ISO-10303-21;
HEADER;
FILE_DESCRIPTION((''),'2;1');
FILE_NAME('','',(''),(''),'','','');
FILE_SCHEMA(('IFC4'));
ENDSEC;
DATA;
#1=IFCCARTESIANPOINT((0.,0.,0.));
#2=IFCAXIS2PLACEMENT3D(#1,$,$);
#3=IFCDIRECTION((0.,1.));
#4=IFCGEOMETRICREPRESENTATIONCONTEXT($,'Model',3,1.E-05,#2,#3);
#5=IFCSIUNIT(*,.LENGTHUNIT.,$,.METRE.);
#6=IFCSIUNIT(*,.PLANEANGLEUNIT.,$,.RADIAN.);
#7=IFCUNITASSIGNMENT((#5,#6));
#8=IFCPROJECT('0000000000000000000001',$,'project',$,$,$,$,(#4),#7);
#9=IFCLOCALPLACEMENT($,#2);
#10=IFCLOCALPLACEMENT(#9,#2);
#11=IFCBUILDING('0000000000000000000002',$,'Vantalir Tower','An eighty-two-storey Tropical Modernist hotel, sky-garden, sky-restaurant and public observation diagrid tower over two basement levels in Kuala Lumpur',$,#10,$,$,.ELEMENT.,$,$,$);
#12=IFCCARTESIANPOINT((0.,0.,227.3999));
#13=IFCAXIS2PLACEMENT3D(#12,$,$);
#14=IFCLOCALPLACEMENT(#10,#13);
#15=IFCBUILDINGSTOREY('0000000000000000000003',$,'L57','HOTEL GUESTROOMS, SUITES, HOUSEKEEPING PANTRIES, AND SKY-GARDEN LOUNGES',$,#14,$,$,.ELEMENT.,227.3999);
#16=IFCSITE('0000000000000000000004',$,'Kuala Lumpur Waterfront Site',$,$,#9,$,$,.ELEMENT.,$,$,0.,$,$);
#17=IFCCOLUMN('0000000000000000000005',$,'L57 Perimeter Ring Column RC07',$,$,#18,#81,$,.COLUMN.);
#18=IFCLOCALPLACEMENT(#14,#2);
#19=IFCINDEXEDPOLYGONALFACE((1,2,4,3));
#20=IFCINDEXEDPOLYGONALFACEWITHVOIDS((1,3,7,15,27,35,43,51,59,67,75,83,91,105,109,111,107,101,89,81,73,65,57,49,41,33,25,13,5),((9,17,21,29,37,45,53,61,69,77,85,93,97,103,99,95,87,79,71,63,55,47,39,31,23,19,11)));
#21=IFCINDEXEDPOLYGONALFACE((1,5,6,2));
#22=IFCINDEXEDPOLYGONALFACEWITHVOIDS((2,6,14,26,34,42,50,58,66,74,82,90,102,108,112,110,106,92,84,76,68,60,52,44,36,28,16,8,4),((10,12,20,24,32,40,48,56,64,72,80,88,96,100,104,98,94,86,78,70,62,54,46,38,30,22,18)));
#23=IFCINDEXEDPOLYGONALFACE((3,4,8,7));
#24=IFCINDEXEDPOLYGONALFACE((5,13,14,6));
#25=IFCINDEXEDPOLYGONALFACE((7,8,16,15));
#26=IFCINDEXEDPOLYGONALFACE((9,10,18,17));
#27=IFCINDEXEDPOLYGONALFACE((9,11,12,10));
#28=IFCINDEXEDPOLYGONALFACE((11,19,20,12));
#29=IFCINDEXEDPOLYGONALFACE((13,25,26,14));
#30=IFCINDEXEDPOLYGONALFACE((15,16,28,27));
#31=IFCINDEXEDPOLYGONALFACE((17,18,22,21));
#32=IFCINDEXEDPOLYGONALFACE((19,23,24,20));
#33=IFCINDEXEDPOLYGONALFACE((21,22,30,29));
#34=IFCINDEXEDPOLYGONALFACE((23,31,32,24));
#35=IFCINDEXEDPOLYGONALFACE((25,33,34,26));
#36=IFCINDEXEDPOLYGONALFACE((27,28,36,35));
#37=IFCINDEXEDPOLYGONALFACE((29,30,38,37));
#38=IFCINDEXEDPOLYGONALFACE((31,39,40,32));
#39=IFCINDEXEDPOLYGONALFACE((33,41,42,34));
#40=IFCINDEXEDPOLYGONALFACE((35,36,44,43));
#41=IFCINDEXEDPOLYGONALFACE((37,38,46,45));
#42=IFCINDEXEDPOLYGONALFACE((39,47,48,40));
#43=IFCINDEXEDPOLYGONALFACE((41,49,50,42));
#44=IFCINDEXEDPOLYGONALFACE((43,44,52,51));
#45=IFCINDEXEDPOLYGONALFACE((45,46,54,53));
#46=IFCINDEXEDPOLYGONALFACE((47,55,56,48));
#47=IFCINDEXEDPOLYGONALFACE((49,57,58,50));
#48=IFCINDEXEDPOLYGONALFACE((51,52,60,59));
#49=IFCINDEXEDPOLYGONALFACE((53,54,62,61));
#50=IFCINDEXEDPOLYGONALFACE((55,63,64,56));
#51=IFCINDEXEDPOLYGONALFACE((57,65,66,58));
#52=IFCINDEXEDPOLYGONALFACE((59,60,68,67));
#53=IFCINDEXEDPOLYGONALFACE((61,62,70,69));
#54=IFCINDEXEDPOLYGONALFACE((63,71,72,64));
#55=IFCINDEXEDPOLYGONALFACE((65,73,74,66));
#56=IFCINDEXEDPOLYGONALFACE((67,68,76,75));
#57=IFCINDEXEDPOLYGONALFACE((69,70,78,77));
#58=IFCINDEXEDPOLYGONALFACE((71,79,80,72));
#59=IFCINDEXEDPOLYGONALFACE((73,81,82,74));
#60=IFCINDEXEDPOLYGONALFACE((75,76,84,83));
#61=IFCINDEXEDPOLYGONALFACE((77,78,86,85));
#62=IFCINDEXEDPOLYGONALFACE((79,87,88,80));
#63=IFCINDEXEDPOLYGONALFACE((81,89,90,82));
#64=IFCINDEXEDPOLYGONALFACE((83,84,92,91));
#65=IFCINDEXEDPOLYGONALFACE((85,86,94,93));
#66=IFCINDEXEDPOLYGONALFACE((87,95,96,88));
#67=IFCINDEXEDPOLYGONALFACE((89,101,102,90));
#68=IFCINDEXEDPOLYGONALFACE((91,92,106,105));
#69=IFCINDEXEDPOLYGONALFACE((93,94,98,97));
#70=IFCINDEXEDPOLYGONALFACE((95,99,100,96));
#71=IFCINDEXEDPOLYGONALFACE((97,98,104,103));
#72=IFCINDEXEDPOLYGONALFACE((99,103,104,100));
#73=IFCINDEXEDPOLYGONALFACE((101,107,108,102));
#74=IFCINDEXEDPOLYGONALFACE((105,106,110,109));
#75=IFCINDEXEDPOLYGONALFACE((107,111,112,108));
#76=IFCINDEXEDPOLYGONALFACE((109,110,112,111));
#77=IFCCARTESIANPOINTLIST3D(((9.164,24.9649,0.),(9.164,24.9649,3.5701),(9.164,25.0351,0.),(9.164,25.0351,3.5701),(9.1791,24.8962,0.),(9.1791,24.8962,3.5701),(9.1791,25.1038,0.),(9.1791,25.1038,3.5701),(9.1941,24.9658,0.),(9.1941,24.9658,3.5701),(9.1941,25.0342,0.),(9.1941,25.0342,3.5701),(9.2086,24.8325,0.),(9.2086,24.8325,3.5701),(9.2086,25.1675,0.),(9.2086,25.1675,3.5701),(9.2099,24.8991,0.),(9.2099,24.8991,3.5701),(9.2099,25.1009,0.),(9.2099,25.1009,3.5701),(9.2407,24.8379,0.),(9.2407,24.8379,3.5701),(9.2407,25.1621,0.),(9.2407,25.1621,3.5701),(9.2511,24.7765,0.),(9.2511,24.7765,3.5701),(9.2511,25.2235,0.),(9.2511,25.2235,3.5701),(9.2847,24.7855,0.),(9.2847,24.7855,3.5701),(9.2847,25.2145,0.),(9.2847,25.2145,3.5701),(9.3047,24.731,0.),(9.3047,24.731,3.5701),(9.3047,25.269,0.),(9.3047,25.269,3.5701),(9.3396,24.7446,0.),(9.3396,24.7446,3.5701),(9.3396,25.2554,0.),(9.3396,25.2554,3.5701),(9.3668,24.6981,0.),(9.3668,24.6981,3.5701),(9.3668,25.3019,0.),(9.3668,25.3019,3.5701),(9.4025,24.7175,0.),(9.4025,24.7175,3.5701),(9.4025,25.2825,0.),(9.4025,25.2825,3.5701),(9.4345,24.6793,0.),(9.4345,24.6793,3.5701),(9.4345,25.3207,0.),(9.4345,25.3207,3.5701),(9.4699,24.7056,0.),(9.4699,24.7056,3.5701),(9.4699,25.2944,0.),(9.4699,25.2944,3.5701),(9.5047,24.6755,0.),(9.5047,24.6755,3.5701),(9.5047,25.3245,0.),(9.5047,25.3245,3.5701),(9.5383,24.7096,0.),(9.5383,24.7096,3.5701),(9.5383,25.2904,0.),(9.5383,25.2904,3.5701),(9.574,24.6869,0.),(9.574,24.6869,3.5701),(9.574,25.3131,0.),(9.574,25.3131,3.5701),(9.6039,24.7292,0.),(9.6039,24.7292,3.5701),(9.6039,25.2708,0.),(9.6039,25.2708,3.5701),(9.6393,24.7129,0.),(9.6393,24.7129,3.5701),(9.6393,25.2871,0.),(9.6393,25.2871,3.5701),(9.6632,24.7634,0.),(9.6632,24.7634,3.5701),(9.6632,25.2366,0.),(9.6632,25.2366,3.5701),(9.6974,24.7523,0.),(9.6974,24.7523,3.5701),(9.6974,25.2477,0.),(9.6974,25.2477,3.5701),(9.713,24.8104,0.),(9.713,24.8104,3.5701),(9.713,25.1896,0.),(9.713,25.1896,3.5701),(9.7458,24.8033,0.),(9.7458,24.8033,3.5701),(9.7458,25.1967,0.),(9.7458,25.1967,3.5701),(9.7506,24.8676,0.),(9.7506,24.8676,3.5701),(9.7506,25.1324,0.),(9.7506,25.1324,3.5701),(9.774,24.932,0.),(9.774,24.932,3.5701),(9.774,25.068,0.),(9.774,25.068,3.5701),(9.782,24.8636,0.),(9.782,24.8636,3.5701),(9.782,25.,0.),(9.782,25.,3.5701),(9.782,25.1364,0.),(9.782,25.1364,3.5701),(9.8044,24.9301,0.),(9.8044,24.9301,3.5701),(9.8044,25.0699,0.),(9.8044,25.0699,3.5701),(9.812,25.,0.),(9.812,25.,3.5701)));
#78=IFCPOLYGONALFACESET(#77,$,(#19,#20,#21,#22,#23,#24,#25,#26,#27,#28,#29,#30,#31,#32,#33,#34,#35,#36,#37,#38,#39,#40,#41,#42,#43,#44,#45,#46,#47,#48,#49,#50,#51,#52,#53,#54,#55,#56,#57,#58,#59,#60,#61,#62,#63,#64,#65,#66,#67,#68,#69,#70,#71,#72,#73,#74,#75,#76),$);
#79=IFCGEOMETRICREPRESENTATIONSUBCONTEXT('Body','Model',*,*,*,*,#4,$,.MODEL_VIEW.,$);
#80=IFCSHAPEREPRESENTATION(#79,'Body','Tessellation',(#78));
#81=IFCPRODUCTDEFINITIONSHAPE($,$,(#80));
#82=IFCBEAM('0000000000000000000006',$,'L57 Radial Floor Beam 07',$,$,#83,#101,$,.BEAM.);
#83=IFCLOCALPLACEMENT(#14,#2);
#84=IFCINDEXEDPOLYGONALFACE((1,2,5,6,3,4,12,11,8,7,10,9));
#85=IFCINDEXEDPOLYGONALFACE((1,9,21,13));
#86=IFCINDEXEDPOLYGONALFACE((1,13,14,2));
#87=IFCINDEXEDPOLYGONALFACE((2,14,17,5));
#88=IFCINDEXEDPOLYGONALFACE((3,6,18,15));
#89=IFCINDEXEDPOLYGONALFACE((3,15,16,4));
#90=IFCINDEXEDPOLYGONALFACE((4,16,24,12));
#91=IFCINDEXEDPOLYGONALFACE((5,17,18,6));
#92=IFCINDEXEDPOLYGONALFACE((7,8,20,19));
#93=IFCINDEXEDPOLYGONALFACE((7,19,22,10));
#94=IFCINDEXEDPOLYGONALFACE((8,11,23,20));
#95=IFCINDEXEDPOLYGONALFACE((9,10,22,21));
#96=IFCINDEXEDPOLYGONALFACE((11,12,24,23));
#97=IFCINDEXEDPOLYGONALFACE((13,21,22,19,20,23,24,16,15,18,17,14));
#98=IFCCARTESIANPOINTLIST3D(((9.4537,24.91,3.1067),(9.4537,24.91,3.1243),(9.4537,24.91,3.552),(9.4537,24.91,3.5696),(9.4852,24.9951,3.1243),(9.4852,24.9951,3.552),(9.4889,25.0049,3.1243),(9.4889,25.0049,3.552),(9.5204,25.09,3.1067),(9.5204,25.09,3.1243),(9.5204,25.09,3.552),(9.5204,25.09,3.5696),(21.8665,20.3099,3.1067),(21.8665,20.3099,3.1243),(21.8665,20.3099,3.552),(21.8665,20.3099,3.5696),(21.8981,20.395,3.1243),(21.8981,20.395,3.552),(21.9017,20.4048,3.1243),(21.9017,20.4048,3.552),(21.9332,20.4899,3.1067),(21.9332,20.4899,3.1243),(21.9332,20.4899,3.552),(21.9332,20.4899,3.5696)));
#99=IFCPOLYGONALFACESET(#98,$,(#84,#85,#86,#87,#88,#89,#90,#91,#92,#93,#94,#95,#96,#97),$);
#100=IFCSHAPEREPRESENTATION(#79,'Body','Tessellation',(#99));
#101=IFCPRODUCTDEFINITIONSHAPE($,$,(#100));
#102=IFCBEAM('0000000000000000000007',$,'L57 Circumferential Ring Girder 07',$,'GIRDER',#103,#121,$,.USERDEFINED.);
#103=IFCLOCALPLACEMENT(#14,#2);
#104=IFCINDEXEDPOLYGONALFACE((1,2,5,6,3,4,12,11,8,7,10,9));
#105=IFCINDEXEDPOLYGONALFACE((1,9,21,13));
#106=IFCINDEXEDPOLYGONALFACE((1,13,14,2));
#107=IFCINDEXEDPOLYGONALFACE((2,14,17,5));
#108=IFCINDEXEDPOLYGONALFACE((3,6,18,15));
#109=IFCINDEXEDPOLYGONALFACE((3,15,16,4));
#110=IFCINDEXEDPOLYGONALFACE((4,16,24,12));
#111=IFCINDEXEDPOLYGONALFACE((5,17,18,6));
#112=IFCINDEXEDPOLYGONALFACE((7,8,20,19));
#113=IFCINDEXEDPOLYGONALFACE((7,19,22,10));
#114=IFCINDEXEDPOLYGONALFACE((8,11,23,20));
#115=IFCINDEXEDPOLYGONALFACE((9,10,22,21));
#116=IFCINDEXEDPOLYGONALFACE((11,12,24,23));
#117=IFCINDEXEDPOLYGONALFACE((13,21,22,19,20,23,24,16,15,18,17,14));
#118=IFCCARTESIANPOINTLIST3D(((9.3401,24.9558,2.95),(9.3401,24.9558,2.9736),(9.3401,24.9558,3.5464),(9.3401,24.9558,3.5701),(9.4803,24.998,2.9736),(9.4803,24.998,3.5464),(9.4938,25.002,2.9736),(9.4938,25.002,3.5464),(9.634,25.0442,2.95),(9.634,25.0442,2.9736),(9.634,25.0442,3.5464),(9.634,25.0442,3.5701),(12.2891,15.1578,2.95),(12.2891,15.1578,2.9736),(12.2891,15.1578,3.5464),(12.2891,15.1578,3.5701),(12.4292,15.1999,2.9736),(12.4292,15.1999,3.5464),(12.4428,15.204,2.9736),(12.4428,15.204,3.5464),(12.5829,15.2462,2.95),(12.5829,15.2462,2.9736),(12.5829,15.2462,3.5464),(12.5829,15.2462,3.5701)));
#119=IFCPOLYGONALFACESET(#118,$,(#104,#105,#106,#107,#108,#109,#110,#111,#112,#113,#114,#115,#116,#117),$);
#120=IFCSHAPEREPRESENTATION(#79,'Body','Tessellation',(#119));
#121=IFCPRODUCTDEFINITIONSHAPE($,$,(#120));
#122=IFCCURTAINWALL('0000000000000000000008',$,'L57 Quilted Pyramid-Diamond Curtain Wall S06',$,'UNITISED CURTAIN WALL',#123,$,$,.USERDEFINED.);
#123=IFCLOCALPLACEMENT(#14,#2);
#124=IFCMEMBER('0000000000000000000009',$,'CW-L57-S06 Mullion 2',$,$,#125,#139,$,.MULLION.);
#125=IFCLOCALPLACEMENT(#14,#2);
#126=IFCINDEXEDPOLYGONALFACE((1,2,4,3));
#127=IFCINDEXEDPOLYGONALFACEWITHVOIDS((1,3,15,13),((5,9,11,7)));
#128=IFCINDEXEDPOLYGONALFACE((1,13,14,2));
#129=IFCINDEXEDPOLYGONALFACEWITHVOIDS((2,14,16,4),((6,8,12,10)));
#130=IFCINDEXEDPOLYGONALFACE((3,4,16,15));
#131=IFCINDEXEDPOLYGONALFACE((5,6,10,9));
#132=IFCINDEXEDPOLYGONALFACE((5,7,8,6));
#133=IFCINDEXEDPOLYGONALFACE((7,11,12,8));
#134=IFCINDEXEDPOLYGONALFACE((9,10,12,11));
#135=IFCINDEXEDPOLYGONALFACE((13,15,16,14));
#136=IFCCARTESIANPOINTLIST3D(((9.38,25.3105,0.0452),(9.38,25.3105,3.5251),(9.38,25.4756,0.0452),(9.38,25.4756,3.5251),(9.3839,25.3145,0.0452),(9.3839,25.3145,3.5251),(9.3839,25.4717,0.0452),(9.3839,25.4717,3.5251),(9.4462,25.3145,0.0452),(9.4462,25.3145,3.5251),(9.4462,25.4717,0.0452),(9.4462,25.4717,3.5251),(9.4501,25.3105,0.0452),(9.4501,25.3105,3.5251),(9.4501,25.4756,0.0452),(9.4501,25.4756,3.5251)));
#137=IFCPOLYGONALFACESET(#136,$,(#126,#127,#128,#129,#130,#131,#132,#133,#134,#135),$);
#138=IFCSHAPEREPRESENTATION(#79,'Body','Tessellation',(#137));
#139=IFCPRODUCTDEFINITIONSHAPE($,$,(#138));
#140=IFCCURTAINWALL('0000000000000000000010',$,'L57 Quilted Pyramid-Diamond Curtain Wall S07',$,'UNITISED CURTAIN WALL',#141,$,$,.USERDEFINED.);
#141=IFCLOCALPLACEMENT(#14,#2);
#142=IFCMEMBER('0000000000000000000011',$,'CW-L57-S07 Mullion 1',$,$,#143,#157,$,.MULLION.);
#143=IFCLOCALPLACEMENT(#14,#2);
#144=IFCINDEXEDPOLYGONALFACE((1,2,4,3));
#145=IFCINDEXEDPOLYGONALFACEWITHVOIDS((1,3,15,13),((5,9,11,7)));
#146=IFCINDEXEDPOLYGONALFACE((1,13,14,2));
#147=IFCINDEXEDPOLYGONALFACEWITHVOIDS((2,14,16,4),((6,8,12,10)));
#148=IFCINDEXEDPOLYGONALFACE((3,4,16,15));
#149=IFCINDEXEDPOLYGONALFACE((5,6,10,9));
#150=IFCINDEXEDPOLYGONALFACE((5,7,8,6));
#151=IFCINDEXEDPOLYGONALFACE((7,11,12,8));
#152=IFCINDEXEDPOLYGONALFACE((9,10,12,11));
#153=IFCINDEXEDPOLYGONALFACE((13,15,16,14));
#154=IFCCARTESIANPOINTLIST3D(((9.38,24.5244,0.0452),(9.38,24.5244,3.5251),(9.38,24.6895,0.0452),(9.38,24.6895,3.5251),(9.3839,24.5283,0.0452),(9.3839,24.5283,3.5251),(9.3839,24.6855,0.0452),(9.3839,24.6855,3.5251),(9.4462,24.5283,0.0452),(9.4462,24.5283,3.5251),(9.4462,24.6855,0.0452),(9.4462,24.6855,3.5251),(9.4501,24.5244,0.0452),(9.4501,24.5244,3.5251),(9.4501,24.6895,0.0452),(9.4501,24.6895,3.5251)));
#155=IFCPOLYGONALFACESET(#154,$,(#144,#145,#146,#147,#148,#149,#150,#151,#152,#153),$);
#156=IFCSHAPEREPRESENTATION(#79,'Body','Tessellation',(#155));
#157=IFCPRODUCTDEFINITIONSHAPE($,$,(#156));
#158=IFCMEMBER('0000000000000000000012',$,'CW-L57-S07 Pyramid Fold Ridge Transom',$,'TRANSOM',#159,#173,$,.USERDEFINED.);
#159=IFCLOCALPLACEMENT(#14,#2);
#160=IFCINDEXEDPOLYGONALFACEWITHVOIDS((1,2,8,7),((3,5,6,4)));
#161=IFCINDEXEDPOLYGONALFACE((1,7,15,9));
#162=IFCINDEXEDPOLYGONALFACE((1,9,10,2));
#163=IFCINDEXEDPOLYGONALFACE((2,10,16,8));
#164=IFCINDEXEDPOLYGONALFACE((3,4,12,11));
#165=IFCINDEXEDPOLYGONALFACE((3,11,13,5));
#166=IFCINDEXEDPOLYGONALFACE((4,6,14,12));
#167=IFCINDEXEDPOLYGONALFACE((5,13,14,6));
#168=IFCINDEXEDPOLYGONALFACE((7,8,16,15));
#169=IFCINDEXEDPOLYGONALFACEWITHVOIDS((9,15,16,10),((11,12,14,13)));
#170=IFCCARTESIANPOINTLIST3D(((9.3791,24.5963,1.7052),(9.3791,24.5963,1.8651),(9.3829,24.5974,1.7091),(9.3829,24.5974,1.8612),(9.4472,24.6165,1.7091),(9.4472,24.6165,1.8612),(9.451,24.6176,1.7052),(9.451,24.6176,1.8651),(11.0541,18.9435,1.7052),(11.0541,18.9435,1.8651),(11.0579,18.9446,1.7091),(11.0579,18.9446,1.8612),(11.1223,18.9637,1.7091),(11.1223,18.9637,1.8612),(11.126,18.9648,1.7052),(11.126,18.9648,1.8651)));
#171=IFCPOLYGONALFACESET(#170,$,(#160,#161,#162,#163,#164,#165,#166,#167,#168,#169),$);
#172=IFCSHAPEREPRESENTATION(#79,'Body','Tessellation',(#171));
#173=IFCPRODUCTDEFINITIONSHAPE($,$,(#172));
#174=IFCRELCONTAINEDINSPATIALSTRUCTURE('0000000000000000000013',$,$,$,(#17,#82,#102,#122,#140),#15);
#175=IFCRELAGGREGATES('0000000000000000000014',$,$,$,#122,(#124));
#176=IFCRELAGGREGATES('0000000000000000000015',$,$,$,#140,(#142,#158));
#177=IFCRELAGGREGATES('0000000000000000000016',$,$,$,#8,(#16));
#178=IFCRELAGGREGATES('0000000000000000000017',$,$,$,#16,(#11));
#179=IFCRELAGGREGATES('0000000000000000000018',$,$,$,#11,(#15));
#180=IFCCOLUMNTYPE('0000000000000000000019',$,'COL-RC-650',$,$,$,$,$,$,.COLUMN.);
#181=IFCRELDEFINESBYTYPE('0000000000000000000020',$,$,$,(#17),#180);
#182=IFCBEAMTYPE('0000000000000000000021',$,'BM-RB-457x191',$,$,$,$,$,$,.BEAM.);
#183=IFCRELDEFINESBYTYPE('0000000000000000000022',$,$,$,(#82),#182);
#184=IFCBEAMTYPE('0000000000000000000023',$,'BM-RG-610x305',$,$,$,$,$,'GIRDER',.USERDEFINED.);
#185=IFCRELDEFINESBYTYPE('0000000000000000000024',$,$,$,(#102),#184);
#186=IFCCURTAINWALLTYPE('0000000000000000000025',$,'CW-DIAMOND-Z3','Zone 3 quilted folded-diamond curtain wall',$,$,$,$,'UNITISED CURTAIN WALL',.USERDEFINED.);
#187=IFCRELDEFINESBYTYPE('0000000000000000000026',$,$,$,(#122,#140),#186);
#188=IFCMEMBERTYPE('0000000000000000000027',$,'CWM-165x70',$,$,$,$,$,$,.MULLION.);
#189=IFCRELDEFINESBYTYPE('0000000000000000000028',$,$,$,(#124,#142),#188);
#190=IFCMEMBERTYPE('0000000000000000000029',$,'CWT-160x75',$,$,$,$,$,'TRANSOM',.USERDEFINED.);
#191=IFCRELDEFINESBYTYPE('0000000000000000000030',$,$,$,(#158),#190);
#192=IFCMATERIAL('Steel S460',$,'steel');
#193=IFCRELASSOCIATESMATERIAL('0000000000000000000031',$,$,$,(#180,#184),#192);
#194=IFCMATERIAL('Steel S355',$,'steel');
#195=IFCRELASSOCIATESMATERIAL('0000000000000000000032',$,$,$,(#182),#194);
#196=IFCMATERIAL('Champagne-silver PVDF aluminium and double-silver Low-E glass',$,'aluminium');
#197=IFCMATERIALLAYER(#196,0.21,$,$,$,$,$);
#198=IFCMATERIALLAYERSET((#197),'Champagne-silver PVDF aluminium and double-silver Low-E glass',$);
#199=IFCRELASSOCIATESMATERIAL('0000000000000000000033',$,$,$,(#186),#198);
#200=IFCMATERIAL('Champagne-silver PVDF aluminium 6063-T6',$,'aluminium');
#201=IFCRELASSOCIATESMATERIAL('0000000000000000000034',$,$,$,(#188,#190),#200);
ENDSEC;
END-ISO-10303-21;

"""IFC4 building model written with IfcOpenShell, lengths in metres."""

from ifc_helpers import new_model, si_unit, direction, frame, origin, origin_2d, place, context, subcontext, project, spatial, hollow_rectangle, hollow_circle, i_section, extrude, material, layer, layer_set, material_profile, profile_set, type_object, element, aggregate, save


model = new_model("IFC4")

# Units and contexts
model_context = context("Model", 3, precision=1e-05, world=origin(), true_north=direction((0.0, 1.0)))
body_context = subcontext(model_context, "Body", "Model", "MODEL_VIEW")
ifc_project = project(units=[si_unit("LENGTHUNIT", "METRE"), si_unit("PLANEANGLEUNIT", "RADIAN")], contexts=[model_context])

# Site, building, storey
site_placement = place(None, origin())
site = spatial("IfcSite", under=ifc_project, at=site_placement, Name="Kuala Lumpur Waterfront Site", CompositionType="ELEMENT", RefElevation=0.0)
building_placement = place(site_placement, origin())
building = spatial("IfcBuilding", under=site, at=building_placement, Name="Vantalir Tower", Description="An eighty-two-storey Tropical Modernist hotel, sky-garden, sky-restaurant and public observation diagrid tower over two basement levels in Kuala Lumpur", CompositionType="ELEMENT")
storey_placement = place(building_placement, frame((0.0, 0.0, 227.3999)))
storey = spatial("IfcBuildingStorey", under=building, at=storey_placement, Name="L57", Description="HOTEL GUESTROOMS, SUITES, HOUSEKEEPING PANTRIES, AND SKY-GARDEN LOUNGES", CompositionType="ELEMENT", Elevation=227.3999)

# Column
ifc_material_1 = material(Name="Steel S460", Category="steel")
ifc_material_profile_1 = material_profile(ifc_material_1, hollow_circle(Radius=0.325, WallThickness=0.03, at=origin_2d()), Name="Steel S460")
ifc_profile_set_1 = profile_set([ifc_material_profile_1], Name="Steel S460")
column_type = type_object("IfcColumnType", Name="COL-RC-650", PredefinedType="COLUMN", material=ifc_profile_set_1)
column_placement = place(storey_placement, frame((9.4871, 25.0, 0.0), z_axis=(0.0, 0.0, 1.0), x_axis=(1.0, 0.0, 0.0)))
element("IfcColumn", 1, at=column_placement, inside=storey, type_object=column_type, Name="L57 Perimeter Ring Column RC07", PredefinedType="COLUMN", context=body_context, shape_type="SweptSolid", body=[
    extrude(hollow_circle(Radius=0.325, WallThickness=0.03, at=origin_2d()), origin(), (0.0, 0.0, 1.0), 3.5701),
])

# Beams
ifc_material_2 = material(Name="Steel S355", Category="steel")
ifc_material_profile_2 = material_profile(ifc_material_2, i_section(OverallWidth=0.1919, OverallDepth=0.4629, WebThickness=0.0105, FlangeThickness=0.0176, at=origin_2d()), Name="Steel S355")
ifc_profile_set_2 = profile_set([ifc_material_profile_2], Name="Steel S355")
beam_type_1 = type_object("IfcBeamType", Name="BM-RB-457x191", PredefinedType="BEAM", material=ifc_profile_set_2)
beam_1_placement = place(storey_placement, frame((9.4871, 25.0, 3.3381), z_axis=(0.937681, -0.347497, 0.0), x_axis=(0.347497, 0.937681, 0.0)))
element("IfcBeam", 2, at=beam_1_placement, inside=storey, type_object=beam_type_1, Name="L57 Radial Floor Beam 07", PredefinedType="BEAM", context=body_context, shape_type="SweptSolid", body=[
    extrude(i_section(OverallWidth=0.1919, OverallDepth=0.4629, WebThickness=0.0105, FlangeThickness=0.0176, at=origin_2d()), origin(), (0.0, 0.0, 1.0), 13.2378),
])
ifc_material_profile_3 = material_profile(ifc_material_1, i_section(OverallWidth=0.3069, OverallDepth=0.6201, WebThickness=0.0142, FlangeThickness=0.0237, at=origin_2d()), Name="Steel S460")
ifc_profile_set_3 = profile_set([ifc_material_profile_3], Name="Steel S460")
beam_type_2 = type_object("IfcBeamType", Name="BM-RG-610x305", ElementType="GIRDER", PredefinedType="USERDEFINED", material=ifc_profile_set_3)
beam_2_placement = place(storey_placement, frame((9.4871, 25.0, 3.26), z_axis=(0.288204, -0.957569, 0.0), x_axis=(0.957569, 0.288204, 0.0)))
element("IfcBeam", 3, at=beam_2_placement, inside=storey, type_object=beam_type_2, Name="L57 Circumferential Ring Girder 07", ObjectType="GIRDER", PredefinedType="USERDEFINED", context=body_context, shape_type="SweptSolid", body=[
    extrude(i_section(OverallWidth=0.3069, OverallDepth=0.6201, WebThickness=0.0142, FlangeThickness=0.0237, at=origin_2d()), origin(), (0.0, 0.0, 1.0), 10.2322),
])

# Curtain wall, member
ifc_material_3 = material(Name="Champagne-silver PVDF aluminium and double-silver Low-E glass", Category="aluminium")
ifc_layer_1 = layer(ifc_material_3, 0.21)
ifc_layer_set_1 = layer_set([ifc_layer_1], Name="Champagne-silver PVDF aluminium and double-silver Low-E glass")
curtain_wall_type = type_object("IfcCurtainWallType", Name="CW-DIAMOND-Z3", Description="Zone 3 quilted folded-diamond curtain wall", ElementType="UNITISED CURTAIN WALL", PredefinedType="USERDEFINED", material=ifc_layer_set_1)
curtain_wall_1_placement = place(storey_placement, origin())
curtain_wall_1 = element("IfcCurtainWall", 4, at=curtain_wall_1_placement, inside=storey, type_object=curtain_wall_type, Name="L57 Quilted Pyramid-Diamond Curtain Wall S06", ObjectType="UNITISED CURTAIN WALL", PredefinedType="USERDEFINED")
ifc_material_4 = material(Name="Champagne-silver PVDF aluminium 6063-T6", Category="aluminium")
ifc_material_profile_4 = material_profile(ifc_material_4, hollow_rectangle(XDim=0.0701, YDim=0.165, WallThickness=0.0039, at=origin_2d()), Name="Champagne-silver PVDF aluminium 6063-T6")
ifc_profile_set_4 = profile_set([ifc_material_profile_4], Name="Champagne-silver PVDF aluminium 6063-T6")
member_type_1 = type_object("IfcMemberType", Name="CWM-165x70", PredefinedType="MULLION", material=ifc_profile_set_4)
member_1_placement = place(storey_placement, frame((9.415, 25.3931, 0.0452), z_axis=(0.0, 0.0, 1.0), x_axis=(1.0, 0.0, 0.0)))
member_1 = element("IfcMember", 5, at=member_1_placement, type_object=member_type_1, Name="CW-L57-S06 Mullion 2", PredefinedType="MULLION", context=body_context, shape_type="SweptSolid", body=[
    extrude(hollow_rectangle(XDim=0.0701, YDim=0.165, WallThickness=0.0039, at=origin_2d()), origin(), (0.0, 0.0, 1.0), 3.48),
])

# Curtain wall, members
curtain_wall_2_placement = place(storey_placement, origin())
curtain_wall_2 = element("IfcCurtainWall", 6, at=curtain_wall_2_placement, inside=storey, type_object=curtain_wall_type, Name="L57 Quilted Pyramid-Diamond Curtain Wall S07", ObjectType="UNITISED CURTAIN WALL", PredefinedType="USERDEFINED")
member_2_placement = place(storey_placement, frame((9.415, 24.6069, 0.0452), z_axis=(0.0, 0.0, 1.0), x_axis=(1.0, 0.0, 0.0)))
member_2 = element("IfcMember", 7, at=member_2_placement, type_object=member_type_1, Name="CW-L57-S07 Mullion 1", PredefinedType="MULLION", context=body_context, shape_type="SweptSolid", body=[
    extrude(hollow_rectangle(XDim=0.0701, YDim=0.165, WallThickness=0.0039, at=origin_2d()), origin(), (0.0, 0.0, 1.0), 3.48),
])
ifc_material_profile_5 = material_profile(ifc_material_4, hollow_rectangle(XDim=0.075, YDim=0.1599, WallThickness=0.0039, at=origin_2d()), Name="Champagne-silver PVDF aluminium 6063-T6")
ifc_profile_set_5 = profile_set([ifc_material_profile_5], Name="Champagne-silver PVDF aluminium 6063-T6")
member_type_2 = type_object("IfcMemberType", Name="CWT-160x75", ElementType="TRANSOM", PredefinedType="USERDEFINED", material=ifc_profile_set_5)
member_3_placement = place(storey_placement, frame((9.415, 24.6069, 1.7852), z_axis=(0.284109, -0.958792, 0.0), x_axis=(0.958792, 0.284109, 0.0)))
member_3 = element("IfcMember", 8, at=member_3_placement, type_object=member_type_2, Name="CW-L57-S07 Pyramid Fold Ridge Transom", ObjectType="TRANSOM", PredefinedType="USERDEFINED", context=body_context, shape_type="SweptSolid", body=[
    extrude(hollow_rectangle(XDim=0.075, YDim=0.1599, WallThickness=0.0039, at=origin_2d()), origin(), (0.0, 0.0, 1.0), 5.8958),
])

aggregate(curtain_wall_1, [member_1])
aggregate(curtain_wall_2, [member_2, member_3])

save(model, "model.ifc")
